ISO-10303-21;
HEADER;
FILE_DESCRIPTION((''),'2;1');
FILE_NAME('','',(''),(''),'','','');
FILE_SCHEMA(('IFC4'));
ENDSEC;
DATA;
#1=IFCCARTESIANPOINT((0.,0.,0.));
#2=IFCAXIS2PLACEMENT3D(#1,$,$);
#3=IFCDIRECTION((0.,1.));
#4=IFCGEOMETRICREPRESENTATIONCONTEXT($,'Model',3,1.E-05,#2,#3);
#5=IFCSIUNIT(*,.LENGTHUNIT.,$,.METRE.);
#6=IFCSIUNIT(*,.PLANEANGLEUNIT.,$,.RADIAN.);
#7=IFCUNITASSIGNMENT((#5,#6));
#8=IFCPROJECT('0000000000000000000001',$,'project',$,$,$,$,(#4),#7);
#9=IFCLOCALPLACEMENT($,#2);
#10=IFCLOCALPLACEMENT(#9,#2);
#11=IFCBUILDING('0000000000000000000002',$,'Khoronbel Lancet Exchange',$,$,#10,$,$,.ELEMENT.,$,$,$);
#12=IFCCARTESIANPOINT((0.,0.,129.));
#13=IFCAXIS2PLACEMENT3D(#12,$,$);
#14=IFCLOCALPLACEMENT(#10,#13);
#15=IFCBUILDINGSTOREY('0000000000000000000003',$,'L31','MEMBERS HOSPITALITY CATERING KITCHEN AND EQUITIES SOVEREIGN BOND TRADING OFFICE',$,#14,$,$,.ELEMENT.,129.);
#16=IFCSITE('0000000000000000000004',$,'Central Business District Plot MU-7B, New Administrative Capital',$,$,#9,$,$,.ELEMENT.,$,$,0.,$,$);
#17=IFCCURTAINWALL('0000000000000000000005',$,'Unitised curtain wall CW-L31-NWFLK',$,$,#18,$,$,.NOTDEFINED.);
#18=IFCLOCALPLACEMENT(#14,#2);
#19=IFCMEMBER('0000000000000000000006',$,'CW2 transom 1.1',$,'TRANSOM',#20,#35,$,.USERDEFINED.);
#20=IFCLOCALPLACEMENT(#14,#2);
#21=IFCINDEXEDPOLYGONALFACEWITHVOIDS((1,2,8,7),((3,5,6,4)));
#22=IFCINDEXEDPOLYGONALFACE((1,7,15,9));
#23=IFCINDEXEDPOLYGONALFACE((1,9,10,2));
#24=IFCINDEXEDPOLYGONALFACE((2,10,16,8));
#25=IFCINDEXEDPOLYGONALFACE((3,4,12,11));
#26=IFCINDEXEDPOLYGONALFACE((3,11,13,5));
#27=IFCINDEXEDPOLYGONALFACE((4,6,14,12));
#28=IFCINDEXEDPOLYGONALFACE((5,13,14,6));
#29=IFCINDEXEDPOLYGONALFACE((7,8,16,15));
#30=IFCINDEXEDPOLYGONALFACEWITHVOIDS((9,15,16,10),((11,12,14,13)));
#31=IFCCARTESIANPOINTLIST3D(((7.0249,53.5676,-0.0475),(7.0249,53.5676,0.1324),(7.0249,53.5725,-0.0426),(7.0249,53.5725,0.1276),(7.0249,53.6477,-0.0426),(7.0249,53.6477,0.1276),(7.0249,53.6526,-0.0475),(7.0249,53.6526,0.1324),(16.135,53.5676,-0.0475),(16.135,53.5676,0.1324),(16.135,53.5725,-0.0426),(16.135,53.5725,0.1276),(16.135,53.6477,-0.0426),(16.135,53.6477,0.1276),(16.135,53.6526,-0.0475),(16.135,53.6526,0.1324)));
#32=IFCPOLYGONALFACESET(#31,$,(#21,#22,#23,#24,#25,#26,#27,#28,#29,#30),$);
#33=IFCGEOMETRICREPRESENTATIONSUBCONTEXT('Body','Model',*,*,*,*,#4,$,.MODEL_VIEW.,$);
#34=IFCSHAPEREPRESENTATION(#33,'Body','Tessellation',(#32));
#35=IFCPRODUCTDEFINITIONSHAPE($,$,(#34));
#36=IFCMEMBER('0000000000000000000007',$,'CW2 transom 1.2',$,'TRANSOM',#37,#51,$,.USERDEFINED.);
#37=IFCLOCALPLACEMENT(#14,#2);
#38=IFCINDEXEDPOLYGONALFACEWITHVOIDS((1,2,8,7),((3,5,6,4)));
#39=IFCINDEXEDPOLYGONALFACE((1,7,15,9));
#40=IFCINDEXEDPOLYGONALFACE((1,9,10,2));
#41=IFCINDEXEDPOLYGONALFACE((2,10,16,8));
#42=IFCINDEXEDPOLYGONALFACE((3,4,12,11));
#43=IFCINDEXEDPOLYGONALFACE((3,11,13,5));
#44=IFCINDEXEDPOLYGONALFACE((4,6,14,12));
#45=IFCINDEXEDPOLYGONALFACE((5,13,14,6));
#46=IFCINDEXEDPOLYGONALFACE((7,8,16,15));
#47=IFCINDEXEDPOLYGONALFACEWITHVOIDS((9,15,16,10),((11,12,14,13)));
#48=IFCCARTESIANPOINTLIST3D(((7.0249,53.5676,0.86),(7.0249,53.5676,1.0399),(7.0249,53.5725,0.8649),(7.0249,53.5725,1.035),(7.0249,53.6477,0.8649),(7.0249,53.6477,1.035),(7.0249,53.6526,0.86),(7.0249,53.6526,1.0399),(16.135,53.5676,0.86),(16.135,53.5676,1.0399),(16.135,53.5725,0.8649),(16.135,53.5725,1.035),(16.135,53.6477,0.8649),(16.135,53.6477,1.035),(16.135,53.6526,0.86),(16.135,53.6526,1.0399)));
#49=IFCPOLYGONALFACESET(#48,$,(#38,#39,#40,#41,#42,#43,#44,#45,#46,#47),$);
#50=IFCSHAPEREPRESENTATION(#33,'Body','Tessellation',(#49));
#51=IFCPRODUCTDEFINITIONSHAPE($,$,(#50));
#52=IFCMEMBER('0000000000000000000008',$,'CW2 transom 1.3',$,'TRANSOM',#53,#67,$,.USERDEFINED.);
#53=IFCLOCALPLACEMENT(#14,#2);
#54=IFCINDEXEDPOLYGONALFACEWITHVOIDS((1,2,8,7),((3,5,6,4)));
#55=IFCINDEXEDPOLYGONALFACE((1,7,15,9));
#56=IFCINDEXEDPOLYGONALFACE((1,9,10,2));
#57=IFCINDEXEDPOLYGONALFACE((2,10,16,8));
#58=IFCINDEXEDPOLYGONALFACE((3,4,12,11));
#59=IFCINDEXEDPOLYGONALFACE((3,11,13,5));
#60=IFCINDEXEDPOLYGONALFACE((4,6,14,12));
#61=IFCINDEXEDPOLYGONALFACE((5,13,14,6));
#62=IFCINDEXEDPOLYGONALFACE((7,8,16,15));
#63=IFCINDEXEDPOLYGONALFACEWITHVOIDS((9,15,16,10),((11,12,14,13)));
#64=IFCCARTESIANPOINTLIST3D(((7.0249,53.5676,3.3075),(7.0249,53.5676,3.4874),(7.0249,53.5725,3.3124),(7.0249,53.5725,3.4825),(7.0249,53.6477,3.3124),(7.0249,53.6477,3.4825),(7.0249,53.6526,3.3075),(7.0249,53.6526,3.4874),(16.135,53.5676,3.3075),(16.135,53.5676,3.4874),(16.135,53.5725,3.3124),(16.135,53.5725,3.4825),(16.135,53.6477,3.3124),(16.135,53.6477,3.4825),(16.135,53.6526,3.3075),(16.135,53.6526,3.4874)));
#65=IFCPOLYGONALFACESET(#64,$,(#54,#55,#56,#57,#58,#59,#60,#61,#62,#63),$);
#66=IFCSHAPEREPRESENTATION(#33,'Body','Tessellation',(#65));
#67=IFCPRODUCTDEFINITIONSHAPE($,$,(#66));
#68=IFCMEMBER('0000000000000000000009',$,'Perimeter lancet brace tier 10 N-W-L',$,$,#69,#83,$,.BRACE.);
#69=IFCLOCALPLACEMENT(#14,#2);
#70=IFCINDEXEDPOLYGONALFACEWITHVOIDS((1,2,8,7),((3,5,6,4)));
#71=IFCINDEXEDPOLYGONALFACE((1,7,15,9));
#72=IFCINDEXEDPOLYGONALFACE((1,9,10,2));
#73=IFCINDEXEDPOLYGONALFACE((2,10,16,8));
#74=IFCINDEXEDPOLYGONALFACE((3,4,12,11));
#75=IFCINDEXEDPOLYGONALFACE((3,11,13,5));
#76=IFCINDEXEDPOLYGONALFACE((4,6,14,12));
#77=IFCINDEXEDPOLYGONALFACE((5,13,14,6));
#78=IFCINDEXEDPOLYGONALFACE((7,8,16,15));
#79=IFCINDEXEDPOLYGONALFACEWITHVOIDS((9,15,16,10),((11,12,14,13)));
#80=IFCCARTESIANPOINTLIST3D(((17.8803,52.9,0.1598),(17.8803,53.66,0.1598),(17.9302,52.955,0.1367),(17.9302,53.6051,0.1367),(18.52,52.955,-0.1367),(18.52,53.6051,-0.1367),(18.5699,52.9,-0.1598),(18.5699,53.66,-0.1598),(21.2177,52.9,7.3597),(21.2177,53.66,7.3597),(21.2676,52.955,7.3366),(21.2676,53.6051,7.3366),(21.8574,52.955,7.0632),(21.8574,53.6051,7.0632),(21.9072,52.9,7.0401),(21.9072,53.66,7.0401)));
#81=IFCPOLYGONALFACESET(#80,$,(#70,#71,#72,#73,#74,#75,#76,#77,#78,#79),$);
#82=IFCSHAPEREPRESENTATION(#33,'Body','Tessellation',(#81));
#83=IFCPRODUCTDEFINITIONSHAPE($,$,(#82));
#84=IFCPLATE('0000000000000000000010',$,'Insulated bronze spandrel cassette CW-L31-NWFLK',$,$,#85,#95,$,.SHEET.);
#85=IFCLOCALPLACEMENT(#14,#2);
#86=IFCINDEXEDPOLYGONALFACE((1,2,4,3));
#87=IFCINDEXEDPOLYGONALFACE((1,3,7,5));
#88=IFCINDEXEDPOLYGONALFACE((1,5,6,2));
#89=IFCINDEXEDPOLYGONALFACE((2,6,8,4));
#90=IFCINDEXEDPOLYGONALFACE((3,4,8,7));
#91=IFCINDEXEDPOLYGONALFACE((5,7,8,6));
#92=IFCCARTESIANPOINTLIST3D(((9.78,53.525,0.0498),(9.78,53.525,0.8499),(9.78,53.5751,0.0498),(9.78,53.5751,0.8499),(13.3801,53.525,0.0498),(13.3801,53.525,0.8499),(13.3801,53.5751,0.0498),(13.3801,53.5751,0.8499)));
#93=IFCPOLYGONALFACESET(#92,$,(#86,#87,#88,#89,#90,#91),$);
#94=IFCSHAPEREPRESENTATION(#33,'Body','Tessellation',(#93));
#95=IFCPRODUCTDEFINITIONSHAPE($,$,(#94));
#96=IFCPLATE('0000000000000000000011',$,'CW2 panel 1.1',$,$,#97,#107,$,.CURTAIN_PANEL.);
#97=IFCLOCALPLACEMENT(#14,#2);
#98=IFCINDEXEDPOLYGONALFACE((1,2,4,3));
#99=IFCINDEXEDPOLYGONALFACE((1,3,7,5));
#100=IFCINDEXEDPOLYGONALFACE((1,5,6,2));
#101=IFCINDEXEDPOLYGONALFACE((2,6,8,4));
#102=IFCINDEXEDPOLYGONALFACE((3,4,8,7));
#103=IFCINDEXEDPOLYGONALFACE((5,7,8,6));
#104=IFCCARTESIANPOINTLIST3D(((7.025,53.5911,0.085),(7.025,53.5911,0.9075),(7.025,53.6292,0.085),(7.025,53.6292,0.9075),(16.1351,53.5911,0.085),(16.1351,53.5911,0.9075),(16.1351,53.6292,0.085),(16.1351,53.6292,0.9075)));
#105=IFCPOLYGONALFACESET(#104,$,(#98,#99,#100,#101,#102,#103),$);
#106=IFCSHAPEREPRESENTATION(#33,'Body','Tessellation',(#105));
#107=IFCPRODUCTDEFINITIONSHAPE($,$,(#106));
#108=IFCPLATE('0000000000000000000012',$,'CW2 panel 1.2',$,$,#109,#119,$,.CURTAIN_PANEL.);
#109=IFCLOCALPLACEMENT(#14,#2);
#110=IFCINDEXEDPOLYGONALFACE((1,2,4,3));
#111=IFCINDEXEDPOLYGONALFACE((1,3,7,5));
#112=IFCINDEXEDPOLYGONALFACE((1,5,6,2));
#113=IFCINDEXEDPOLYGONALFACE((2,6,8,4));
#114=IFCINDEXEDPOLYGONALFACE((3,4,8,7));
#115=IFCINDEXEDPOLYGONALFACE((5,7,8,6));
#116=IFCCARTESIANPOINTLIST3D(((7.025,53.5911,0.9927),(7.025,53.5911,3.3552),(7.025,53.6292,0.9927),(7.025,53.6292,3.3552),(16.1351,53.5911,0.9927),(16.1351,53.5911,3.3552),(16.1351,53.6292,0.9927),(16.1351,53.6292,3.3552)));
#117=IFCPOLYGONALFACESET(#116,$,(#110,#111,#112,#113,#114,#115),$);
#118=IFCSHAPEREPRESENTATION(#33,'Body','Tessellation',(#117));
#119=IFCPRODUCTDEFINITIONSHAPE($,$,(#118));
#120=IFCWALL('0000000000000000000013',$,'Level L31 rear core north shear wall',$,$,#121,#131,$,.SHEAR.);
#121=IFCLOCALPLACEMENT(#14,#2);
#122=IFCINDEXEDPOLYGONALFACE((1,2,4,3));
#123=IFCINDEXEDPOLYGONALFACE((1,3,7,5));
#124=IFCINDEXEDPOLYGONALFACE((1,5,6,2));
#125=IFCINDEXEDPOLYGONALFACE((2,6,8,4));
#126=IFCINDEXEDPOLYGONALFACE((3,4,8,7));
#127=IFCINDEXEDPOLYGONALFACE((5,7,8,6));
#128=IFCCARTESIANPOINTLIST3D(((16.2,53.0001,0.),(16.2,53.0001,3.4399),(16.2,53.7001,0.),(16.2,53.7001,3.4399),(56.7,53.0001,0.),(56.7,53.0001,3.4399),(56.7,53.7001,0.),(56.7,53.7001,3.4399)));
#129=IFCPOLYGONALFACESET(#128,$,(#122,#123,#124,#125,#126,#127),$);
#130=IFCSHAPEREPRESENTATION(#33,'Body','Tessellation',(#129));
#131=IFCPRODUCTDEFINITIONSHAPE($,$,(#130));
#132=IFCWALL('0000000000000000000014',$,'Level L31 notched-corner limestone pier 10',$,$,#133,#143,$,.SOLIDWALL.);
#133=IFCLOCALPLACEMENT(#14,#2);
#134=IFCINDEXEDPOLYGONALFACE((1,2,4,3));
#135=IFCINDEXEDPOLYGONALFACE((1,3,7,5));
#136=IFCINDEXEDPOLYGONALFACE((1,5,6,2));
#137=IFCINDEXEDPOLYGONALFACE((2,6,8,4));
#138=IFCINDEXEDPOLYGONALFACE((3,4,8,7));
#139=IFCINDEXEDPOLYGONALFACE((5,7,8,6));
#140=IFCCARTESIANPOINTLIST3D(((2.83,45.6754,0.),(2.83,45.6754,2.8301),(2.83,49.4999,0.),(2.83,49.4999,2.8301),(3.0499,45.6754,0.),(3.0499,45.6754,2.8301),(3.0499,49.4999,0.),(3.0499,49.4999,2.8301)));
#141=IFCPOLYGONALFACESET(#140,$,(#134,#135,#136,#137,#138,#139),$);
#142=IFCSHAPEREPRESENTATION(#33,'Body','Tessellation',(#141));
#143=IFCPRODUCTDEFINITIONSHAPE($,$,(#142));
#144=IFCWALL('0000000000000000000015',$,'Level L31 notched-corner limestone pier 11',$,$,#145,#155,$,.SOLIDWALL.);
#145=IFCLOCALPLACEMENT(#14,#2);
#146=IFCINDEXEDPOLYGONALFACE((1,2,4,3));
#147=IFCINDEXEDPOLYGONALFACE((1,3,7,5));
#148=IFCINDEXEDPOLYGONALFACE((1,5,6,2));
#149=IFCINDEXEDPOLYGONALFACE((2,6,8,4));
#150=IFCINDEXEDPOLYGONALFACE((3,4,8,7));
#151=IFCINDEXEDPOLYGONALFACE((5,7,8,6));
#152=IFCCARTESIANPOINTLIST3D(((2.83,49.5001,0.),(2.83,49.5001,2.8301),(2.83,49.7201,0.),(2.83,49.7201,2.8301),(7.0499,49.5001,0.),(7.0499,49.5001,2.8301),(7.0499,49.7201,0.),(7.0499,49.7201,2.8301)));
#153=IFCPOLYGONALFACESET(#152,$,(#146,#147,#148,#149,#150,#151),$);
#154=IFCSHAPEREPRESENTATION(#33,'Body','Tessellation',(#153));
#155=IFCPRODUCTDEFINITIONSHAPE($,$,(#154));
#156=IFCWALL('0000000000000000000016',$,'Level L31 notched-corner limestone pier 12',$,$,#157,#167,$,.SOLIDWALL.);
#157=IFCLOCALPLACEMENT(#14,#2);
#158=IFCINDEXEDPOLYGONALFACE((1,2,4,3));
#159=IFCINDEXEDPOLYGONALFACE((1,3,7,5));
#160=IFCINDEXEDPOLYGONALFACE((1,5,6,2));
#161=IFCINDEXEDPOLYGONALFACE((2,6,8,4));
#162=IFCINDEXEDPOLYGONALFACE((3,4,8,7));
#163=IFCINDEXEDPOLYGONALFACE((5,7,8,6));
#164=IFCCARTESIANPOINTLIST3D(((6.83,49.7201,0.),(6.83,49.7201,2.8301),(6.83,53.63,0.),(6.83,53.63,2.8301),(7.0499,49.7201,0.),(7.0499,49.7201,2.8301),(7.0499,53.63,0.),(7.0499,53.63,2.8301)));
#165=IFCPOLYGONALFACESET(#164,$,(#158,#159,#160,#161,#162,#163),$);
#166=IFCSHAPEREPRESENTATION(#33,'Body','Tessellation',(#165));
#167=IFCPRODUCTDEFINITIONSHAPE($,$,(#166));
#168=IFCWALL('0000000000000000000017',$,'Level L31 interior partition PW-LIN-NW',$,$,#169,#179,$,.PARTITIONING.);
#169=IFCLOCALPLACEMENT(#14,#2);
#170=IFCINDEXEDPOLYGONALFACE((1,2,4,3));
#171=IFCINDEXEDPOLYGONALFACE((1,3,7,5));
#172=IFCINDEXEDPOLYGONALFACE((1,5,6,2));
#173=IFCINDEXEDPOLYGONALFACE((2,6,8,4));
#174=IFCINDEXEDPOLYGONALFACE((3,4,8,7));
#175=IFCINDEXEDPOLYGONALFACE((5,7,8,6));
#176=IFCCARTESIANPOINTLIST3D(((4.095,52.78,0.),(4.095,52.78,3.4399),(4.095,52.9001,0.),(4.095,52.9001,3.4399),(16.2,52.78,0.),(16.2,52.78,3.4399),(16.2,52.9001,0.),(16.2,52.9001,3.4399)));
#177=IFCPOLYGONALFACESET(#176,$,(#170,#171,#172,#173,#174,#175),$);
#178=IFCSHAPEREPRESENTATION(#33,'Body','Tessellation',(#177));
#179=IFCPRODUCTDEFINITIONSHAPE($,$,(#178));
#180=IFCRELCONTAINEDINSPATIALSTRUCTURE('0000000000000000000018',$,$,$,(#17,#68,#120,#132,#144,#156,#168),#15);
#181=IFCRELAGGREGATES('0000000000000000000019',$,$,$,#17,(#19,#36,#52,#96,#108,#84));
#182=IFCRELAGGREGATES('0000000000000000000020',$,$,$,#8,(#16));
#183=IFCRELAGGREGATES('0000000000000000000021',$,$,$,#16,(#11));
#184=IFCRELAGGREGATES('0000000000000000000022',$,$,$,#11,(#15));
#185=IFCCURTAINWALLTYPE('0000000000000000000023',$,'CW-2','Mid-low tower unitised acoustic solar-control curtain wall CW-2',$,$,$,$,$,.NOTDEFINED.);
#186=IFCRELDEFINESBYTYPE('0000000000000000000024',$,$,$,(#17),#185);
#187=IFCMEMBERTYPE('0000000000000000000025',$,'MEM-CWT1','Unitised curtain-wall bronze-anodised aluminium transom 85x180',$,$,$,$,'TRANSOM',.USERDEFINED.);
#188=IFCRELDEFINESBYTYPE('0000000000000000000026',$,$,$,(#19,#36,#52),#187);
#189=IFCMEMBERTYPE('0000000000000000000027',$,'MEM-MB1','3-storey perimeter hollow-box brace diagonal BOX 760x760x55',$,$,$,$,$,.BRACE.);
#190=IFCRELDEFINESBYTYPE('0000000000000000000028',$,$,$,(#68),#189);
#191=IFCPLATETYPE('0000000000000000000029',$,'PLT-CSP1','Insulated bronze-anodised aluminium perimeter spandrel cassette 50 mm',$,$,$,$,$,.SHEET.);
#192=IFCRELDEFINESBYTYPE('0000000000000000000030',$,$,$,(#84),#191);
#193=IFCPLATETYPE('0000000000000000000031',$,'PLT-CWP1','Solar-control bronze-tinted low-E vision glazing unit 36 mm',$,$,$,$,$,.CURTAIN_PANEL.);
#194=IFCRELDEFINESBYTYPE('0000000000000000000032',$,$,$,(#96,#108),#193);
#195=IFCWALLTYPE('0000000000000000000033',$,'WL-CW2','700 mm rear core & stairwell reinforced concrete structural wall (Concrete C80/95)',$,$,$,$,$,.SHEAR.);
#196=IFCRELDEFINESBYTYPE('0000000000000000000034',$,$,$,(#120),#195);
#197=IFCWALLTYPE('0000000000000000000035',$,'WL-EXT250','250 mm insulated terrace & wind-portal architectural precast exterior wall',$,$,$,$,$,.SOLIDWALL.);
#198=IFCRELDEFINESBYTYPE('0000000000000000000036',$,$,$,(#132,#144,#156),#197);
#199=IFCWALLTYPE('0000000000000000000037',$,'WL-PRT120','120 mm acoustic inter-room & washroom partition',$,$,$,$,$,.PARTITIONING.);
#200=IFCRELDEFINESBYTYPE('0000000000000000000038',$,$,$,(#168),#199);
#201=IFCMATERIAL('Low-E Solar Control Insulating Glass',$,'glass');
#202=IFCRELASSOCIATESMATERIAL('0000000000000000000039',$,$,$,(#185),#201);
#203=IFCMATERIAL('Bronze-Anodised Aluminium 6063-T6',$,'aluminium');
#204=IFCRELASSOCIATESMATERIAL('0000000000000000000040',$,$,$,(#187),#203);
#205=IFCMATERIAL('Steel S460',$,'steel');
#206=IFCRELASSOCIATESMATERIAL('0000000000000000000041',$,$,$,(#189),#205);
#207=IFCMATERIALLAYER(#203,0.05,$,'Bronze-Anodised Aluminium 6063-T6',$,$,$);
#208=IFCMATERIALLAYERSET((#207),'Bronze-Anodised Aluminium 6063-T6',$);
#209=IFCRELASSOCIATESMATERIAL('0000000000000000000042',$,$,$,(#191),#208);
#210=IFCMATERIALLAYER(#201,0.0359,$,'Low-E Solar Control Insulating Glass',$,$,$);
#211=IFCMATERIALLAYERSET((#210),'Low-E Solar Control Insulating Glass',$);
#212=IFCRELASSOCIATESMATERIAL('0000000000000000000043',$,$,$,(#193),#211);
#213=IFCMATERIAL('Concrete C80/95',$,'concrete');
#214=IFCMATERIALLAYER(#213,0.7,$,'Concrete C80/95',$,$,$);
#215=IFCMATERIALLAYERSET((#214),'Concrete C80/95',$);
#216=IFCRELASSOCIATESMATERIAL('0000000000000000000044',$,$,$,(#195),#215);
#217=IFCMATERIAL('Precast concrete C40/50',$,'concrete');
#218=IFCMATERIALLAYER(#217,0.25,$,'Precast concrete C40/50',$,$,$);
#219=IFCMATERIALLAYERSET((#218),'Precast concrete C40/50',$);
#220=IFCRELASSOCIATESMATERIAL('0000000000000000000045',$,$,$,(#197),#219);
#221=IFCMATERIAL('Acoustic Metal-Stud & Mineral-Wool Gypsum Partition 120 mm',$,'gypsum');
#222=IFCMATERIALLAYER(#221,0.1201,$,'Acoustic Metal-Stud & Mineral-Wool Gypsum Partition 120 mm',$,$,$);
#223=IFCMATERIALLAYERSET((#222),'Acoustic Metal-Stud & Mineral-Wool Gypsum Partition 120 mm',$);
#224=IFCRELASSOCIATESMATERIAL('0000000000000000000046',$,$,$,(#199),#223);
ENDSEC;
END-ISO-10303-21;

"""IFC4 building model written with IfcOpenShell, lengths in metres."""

from ifc_helpers import new_model, si_unit, direction, frame, frame_2d, origin, origin_2d, place, context, subcontext, project, spatial, rectangle, hollow_rectangle, extrude, material, layer, layer_set, material_profile, profile_set, type_object, element, aggregate, save


model = new_model("IFC4")

# Units and contexts
model_context = context("Model", 3, precision=1e-05, world=origin(), true_north=direction((0.0, 1.0)))
body_context = subcontext(model_context, "Body", "Model", "MODEL_VIEW")
ifc_project = project(units=[si_unit("LENGTHUNIT", "METRE"), si_unit("PLANEANGLEUNIT", "RADIAN")], contexts=[model_context])

# Site, building, storey
site_placement = place(None, origin())
site = spatial("IfcSite", under=ifc_project, at=site_placement, Name="Central Business District Plot MU-7B, New Administrative Capital", CompositionType="ELEMENT", RefElevation=0.0)
building_placement = place(site_placement, origin())
building = spatial("IfcBuilding", under=site, at=building_placement, Name="Khoronbel Lancet Exchange", CompositionType="ELEMENT")
storey_placement = place(building_placement, frame((0.0, 0.0, 129.0)))
storey = spatial("IfcBuildingStorey", under=building, at=storey_placement, Name="L31", Description="MEMBERS HOSPITALITY CATERING KITCHEN AND EQUITIES SOVEREIGN BOND TRADING OFFICE", CompositionType="ELEMENT", Elevation=129.0)

# Shared definitions
ifc_material_1 = material(Name="Steel S460", Category="steel")

# Curtain wall
ifc_material_2 = material(Name="Low-E Solar Control Insulating Glass", Category="glass")
curtain_wall_type_1 = type_object("IfcCurtainWallType", Name="CW-2", Description="Mid-low tower unitised acoustic solar-control curtain wall CW-2", PredefinedType="NOTDEFINED", material=ifc_material_2)
curtain_wall_1_placement = place(storey_placement, origin())
curtain_wall_1 = element("IfcCurtainWall", 1, at=curtain_wall_1_placement, inside=storey, type_object=curtain_wall_type_1, Name="Unitised curtain wall CW-L31-NWFLK", PredefinedType="NOTDEFINED")
ifc_material_3 = material(Name="Bronze-Anodised Aluminium 6063-T6", Category="aluminium")

# Members
ifc_material_profile_1 = material_profile(ifc_material_3, hollow_rectangle(XDim=0.085, YDim=0.1799, WallThickness=0.0049, at=origin_2d()), Name="ALU TRANSOM 85x180")
ifc_profile_set_1 = profile_set([ifc_material_profile_1], Name="Bronze-Anodised Aluminium 6063-T6")
member_type_1 = type_object("IfcMemberType", Name="MEM-CWT1", Description="Unitised curtain-wall bronze-anodised aluminium transom 85x180", ElementType="TRANSOM", PredefinedType="USERDEFINED", material=ifc_profile_set_1)
member_1_placement = place(storey_placement, frame((16.135, 53.6101, 0.0425), z_axis=(-1.0, 0.0, 0.0), x_axis=(0.0, -1.0, 0.0)))
member_1 = element("IfcMember", 2, at=member_1_placement, type_object=member_type_1, Name="CW2 transom 1.1", ObjectType="TRANSOM", PredefinedType="USERDEFINED", context=body_context, shape_type="SweptSolid", body=[
    extrude(hollow_rectangle(XDim=0.085, YDim=0.1799, WallThickness=0.0049, at=origin_2d()), origin(), (0.0, 0.0, 1.0), 9.1101),
])
member_2_placement = place(storey_placement, frame((16.135, 53.6101, 0.95), z_axis=(-1.0, 0.0, 0.0), x_axis=(0.0, -1.0, 0.0)))
member_2 = element("IfcMember", 3, at=member_2_placement, type_object=member_type_1, Name="CW2 transom 1.2", ObjectType="TRANSOM", PredefinedType="USERDEFINED", context=body_context, shape_type="SweptSolid", body=[
    extrude(hollow_rectangle(XDim=0.085, YDim=0.1799, WallThickness=0.0049, at=origin_2d()), origin(), (0.0, 0.0, 1.0), 9.1101),
])
member_3_placement = place(storey_placement, frame((16.135, 53.6101, 3.3975), z_axis=(-1.0, 0.0, 0.0), x_axis=(0.0, -1.0, 0.0)))
member_3 = element("IfcMember", 4, at=member_3_placement, type_object=member_type_1, Name="CW2 transom 1.3", ObjectType="TRANSOM", PredefinedType="USERDEFINED", context=body_context, shape_type="SweptSolid", body=[
    extrude(hollow_rectangle(XDim=0.085, YDim=0.1799, WallThickness=0.0049, at=origin_2d()), origin(), (0.0, 0.0, 1.0), 9.1101),
])
ifc_material_profile_2 = material_profile(ifc_material_1, hollow_rectangle(XDim=0.76, YDim=0.76, WallThickness=0.0549, at=origin_2d()), Name="BOX 760x760x55")
ifc_profile_set_2 = profile_set([ifc_material_profile_2], Name="Steel S460")
member_type_2 = type_object("IfcMemberType", Name="MEM-MB1", Description="3-storey perimeter hollow-box brace diagonal BOX 760x760x55", PredefinedType="BRACE", material=ifc_profile_set_2)
member_4_placement = place(storey_placement, frame((18.2251, 53.28, 0.0), z_axis=(0.420548, 0.0, 0.90727), x_axis=(0.0, 1.0, 0.0)))
element("IfcMember", 5, at=member_4_placement, inside=storey, type_object=member_type_2, Name="Perimeter lancet brace tier 10 N-W-L", PredefinedType="BRACE", context=body_context, shape_type="SweptSolid", body=[
    extrude(hollow_rectangle(XDim=0.76, YDim=0.76, WallThickness=0.0549, at=origin_2d()), origin(), (0.0, 0.0, 1.0), 7.9358),
])

# Plates
ifc_layer_1 = layer(ifc_material_3, 0.05, Name="Bronze-Anodised Aluminium 6063-T6")
ifc_layer_set_1 = layer_set([ifc_layer_1], Name="Bronze-Anodised Aluminium 6063-T6")
plate_type_1 = type_object("IfcPlateType", Name="PLT-CSP1", Description="Insulated bronze-anodised aluminium perimeter spandrel cassette 50 mm", PredefinedType="SHEET", material=ifc_layer_set_1)
plate_1_placement = place(storey_placement, frame((11.5801, 53.55, 0.0498), z_axis=(0.0, 0.0, 1.0), x_axis=(-1.0, 0.0, 0.0)))
plate_1 = element("IfcPlate", 6, at=plate_1_placement, type_object=plate_type_1, Name="Insulated bronze spandrel cassette CW-L31-NWFLK", PredefinedType="SHEET", context=body_context, shape_type="SweptSolid", body=[
    extrude(rectangle(XDim=3.6001, YDim=0.05, at=origin_2d()), origin(), (0.0, 0.0, 1.0), 0.8),
])
ifc_layer_2 = layer(ifc_material_2, 0.0359, Name="Low-E Solar Control Insulating Glass")
ifc_layer_set_2 = layer_set([ifc_layer_2], Name="Low-E Solar Control Insulating Glass")
plate_type_2 = type_object("IfcPlateType", Name="PLT-CWP1", Description="Solar-control bronze-tinted low-E vision glazing unit 36 mm", PredefinedType="CURTAIN_PANEL", material=ifc_layer_set_2)
plate_2_placement = place(storey_placement, frame((11.5801, 53.6101, 0.085), z_axis=(0.0, 0.0, 1.0), x_axis=(-1.0, 0.0, 0.0)))
plate_2 = element("IfcPlate", 7, at=plate_2_placement, type_object=plate_type_2, Name="CW2 panel 1.1", PredefinedType="CURTAIN_PANEL", context=body_context, shape_type="SweptSolid", body=[
    extrude(rectangle(XDim=9.1101, YDim=0.0381, at=origin_2d()), origin(), (0.0, 0.0, 1.0), 0.8225),
])
plate_3_placement = place(storey_placement, frame((11.5801, 53.6101, 0.9927), z_axis=(0.0, 0.0, 1.0), x_axis=(-1.0, 0.0, 0.0)))
plate_3 = element("IfcPlate", 8, at=plate_3_placement, type_object=plate_type_2, Name="CW2 panel 1.2", PredefinedType="CURTAIN_PANEL", context=body_context, shape_type="SweptSolid", body=[
    extrude(rectangle(XDim=9.1101, YDim=0.0381, at=origin_2d()), origin(), (0.0, 0.0, 1.0), 2.3625),
])
aggregate(curtain_wall_1, [member_1, member_2, member_3, plate_2, plate_3, plate_1])

# Walls
ifc_material_4 = material(Name="Concrete C80/95", Category="concrete")
ifc_layer_3 = layer(ifc_material_4, 0.7, Name="Concrete C80/95")
ifc_layer_set_3 = layer_set([ifc_layer_3], Name="Concrete C80/95")
wall_type_1 = type_object("IfcWallType", Name="WL-CW2", Description="700 mm rear core & stairwell reinforced concrete structural wall (Concrete C80/95)", PredefinedType="SHEAR", material=ifc_layer_set_3)
wall_1_placement = place(storey_placement, frame((16.2, 53.3501, 0.0), z_axis=(0.0, 0.0, 1.0), x_axis=(1.0, 0.0, 0.0)))
element("IfcWall", 9, at=wall_1_placement, inside=storey, type_object=wall_type_1, Name="Level L31 rear core north shear wall", PredefinedType="SHEAR", context=body_context, shape_type="SweptSolid", body=[
    extrude(rectangle(XDim=40.5, YDim=0.7, at=frame_2d((20.25, 0.0))), origin(), (0.0, 0.0, 1.0), 3.4399),
])
ifc_material_5 = material(Name="Precast concrete C40/50", Category="concrete")
ifc_layer_4 = layer(ifc_material_5, 0.25, Name="Precast concrete C40/50")
ifc_layer_set_4 = layer_set([ifc_layer_4], Name="Precast concrete C40/50")
wall_type_2 = type_object("IfcWallType", Name="WL-EXT250", Description="250 mm insulated terrace & wind-portal architectural precast exterior wall", PredefinedType="SOLIDWALL", material=ifc_layer_set_4)
wall_2_placement = place(storey_placement, frame((2.9399, 45.6755, 0.0), z_axis=(0.0, 0.0, 1.0), x_axis=(0.0, 1.0, 0.0)))
element("IfcWall", 10, at=wall_2_placement, inside=storey, type_object=wall_type_2, Name="Level L31 notched-corner limestone pier 10", PredefinedType="SOLIDWALL", context=body_context, shape_type="SweptSolid", body=[
    extrude(rectangle(XDim=3.8245, YDim=0.22, at=frame_2d((1.9121, 0.0))), origin(), (0.0, 0.0, 1.0), 2.8301),
])
wall_3_placement = place(storey_placement, frame((2.8301, 49.6101, 0.0), z_axis=(0.0, 0.0, 1.0), x_axis=(1.0, 0.0, 0.0)))
element("IfcWall", 11, at=wall_3_placement, inside=storey, type_object=wall_type_2, Name="Level L31 notched-corner limestone pier 11", PredefinedType="SOLIDWALL", context=body_context, shape_type="SweptSolid", body=[
    extrude(rectangle(XDim=4.22, YDim=0.22, at=frame_2d((2.1099, 0.0))), origin(), (0.0, 0.0, 1.0), 2.8301),
])
wall_4_placement = place(storey_placement, frame((6.9399, 49.72, 0.0), z_axis=(0.0, 0.0, 1.0), x_axis=(0.0, 1.0, 0.0)))
element("IfcWall", 12, at=wall_4_placement, inside=storey, type_object=wall_type_2, Name="Level L31 notched-corner limestone pier 12", PredefinedType="SOLIDWALL", context=body_context, shape_type="SweptSolid", body=[
    extrude(rectangle(XDim=3.9099, YDim=0.22, at=frame_2d((1.9551, 0.0))), origin(), (0.0, 0.0, 1.0), 2.8301),
])
ifc_material_6 = material(Name="Acoustic Metal-Stud & Mineral-Wool Gypsum Partition 120 mm", Category="gypsum")
ifc_layer_5 = layer(ifc_material_6, 0.1201, Name="Acoustic Metal-Stud & Mineral-Wool Gypsum Partition 120 mm")
ifc_layer_set_5 = layer_set([ifc_layer_5], Name="Acoustic Metal-Stud & Mineral-Wool Gypsum Partition 120 mm")
wall_type_3 = type_object("IfcWallType", Name="WL-PRT120", Description="120 mm acoustic inter-room & washroom partition", PredefinedType="PARTITIONING", material=ifc_layer_set_5)
wall_5_placement = place(storey_placement, frame((4.095, 52.8401, 0.0), z_axis=(0.0, 0.0, 1.0), x_axis=(1.0, 0.0, 0.0)))
element("IfcWall", 13, at=wall_5_placement, inside=storey, type_object=wall_type_3, Name="Level L31 interior partition PW-LIN-NW", PredefinedType="PARTITIONING", context=body_context, shape_type="SweptSolid", body=[
    extrude(rectangle(XDim=12.105, YDim=0.1201, at=frame_2d((6.0525, 0.0))), origin(), (0.0, 0.0, 1.0), 3.4399),
])

save(model, "model.ifc")
